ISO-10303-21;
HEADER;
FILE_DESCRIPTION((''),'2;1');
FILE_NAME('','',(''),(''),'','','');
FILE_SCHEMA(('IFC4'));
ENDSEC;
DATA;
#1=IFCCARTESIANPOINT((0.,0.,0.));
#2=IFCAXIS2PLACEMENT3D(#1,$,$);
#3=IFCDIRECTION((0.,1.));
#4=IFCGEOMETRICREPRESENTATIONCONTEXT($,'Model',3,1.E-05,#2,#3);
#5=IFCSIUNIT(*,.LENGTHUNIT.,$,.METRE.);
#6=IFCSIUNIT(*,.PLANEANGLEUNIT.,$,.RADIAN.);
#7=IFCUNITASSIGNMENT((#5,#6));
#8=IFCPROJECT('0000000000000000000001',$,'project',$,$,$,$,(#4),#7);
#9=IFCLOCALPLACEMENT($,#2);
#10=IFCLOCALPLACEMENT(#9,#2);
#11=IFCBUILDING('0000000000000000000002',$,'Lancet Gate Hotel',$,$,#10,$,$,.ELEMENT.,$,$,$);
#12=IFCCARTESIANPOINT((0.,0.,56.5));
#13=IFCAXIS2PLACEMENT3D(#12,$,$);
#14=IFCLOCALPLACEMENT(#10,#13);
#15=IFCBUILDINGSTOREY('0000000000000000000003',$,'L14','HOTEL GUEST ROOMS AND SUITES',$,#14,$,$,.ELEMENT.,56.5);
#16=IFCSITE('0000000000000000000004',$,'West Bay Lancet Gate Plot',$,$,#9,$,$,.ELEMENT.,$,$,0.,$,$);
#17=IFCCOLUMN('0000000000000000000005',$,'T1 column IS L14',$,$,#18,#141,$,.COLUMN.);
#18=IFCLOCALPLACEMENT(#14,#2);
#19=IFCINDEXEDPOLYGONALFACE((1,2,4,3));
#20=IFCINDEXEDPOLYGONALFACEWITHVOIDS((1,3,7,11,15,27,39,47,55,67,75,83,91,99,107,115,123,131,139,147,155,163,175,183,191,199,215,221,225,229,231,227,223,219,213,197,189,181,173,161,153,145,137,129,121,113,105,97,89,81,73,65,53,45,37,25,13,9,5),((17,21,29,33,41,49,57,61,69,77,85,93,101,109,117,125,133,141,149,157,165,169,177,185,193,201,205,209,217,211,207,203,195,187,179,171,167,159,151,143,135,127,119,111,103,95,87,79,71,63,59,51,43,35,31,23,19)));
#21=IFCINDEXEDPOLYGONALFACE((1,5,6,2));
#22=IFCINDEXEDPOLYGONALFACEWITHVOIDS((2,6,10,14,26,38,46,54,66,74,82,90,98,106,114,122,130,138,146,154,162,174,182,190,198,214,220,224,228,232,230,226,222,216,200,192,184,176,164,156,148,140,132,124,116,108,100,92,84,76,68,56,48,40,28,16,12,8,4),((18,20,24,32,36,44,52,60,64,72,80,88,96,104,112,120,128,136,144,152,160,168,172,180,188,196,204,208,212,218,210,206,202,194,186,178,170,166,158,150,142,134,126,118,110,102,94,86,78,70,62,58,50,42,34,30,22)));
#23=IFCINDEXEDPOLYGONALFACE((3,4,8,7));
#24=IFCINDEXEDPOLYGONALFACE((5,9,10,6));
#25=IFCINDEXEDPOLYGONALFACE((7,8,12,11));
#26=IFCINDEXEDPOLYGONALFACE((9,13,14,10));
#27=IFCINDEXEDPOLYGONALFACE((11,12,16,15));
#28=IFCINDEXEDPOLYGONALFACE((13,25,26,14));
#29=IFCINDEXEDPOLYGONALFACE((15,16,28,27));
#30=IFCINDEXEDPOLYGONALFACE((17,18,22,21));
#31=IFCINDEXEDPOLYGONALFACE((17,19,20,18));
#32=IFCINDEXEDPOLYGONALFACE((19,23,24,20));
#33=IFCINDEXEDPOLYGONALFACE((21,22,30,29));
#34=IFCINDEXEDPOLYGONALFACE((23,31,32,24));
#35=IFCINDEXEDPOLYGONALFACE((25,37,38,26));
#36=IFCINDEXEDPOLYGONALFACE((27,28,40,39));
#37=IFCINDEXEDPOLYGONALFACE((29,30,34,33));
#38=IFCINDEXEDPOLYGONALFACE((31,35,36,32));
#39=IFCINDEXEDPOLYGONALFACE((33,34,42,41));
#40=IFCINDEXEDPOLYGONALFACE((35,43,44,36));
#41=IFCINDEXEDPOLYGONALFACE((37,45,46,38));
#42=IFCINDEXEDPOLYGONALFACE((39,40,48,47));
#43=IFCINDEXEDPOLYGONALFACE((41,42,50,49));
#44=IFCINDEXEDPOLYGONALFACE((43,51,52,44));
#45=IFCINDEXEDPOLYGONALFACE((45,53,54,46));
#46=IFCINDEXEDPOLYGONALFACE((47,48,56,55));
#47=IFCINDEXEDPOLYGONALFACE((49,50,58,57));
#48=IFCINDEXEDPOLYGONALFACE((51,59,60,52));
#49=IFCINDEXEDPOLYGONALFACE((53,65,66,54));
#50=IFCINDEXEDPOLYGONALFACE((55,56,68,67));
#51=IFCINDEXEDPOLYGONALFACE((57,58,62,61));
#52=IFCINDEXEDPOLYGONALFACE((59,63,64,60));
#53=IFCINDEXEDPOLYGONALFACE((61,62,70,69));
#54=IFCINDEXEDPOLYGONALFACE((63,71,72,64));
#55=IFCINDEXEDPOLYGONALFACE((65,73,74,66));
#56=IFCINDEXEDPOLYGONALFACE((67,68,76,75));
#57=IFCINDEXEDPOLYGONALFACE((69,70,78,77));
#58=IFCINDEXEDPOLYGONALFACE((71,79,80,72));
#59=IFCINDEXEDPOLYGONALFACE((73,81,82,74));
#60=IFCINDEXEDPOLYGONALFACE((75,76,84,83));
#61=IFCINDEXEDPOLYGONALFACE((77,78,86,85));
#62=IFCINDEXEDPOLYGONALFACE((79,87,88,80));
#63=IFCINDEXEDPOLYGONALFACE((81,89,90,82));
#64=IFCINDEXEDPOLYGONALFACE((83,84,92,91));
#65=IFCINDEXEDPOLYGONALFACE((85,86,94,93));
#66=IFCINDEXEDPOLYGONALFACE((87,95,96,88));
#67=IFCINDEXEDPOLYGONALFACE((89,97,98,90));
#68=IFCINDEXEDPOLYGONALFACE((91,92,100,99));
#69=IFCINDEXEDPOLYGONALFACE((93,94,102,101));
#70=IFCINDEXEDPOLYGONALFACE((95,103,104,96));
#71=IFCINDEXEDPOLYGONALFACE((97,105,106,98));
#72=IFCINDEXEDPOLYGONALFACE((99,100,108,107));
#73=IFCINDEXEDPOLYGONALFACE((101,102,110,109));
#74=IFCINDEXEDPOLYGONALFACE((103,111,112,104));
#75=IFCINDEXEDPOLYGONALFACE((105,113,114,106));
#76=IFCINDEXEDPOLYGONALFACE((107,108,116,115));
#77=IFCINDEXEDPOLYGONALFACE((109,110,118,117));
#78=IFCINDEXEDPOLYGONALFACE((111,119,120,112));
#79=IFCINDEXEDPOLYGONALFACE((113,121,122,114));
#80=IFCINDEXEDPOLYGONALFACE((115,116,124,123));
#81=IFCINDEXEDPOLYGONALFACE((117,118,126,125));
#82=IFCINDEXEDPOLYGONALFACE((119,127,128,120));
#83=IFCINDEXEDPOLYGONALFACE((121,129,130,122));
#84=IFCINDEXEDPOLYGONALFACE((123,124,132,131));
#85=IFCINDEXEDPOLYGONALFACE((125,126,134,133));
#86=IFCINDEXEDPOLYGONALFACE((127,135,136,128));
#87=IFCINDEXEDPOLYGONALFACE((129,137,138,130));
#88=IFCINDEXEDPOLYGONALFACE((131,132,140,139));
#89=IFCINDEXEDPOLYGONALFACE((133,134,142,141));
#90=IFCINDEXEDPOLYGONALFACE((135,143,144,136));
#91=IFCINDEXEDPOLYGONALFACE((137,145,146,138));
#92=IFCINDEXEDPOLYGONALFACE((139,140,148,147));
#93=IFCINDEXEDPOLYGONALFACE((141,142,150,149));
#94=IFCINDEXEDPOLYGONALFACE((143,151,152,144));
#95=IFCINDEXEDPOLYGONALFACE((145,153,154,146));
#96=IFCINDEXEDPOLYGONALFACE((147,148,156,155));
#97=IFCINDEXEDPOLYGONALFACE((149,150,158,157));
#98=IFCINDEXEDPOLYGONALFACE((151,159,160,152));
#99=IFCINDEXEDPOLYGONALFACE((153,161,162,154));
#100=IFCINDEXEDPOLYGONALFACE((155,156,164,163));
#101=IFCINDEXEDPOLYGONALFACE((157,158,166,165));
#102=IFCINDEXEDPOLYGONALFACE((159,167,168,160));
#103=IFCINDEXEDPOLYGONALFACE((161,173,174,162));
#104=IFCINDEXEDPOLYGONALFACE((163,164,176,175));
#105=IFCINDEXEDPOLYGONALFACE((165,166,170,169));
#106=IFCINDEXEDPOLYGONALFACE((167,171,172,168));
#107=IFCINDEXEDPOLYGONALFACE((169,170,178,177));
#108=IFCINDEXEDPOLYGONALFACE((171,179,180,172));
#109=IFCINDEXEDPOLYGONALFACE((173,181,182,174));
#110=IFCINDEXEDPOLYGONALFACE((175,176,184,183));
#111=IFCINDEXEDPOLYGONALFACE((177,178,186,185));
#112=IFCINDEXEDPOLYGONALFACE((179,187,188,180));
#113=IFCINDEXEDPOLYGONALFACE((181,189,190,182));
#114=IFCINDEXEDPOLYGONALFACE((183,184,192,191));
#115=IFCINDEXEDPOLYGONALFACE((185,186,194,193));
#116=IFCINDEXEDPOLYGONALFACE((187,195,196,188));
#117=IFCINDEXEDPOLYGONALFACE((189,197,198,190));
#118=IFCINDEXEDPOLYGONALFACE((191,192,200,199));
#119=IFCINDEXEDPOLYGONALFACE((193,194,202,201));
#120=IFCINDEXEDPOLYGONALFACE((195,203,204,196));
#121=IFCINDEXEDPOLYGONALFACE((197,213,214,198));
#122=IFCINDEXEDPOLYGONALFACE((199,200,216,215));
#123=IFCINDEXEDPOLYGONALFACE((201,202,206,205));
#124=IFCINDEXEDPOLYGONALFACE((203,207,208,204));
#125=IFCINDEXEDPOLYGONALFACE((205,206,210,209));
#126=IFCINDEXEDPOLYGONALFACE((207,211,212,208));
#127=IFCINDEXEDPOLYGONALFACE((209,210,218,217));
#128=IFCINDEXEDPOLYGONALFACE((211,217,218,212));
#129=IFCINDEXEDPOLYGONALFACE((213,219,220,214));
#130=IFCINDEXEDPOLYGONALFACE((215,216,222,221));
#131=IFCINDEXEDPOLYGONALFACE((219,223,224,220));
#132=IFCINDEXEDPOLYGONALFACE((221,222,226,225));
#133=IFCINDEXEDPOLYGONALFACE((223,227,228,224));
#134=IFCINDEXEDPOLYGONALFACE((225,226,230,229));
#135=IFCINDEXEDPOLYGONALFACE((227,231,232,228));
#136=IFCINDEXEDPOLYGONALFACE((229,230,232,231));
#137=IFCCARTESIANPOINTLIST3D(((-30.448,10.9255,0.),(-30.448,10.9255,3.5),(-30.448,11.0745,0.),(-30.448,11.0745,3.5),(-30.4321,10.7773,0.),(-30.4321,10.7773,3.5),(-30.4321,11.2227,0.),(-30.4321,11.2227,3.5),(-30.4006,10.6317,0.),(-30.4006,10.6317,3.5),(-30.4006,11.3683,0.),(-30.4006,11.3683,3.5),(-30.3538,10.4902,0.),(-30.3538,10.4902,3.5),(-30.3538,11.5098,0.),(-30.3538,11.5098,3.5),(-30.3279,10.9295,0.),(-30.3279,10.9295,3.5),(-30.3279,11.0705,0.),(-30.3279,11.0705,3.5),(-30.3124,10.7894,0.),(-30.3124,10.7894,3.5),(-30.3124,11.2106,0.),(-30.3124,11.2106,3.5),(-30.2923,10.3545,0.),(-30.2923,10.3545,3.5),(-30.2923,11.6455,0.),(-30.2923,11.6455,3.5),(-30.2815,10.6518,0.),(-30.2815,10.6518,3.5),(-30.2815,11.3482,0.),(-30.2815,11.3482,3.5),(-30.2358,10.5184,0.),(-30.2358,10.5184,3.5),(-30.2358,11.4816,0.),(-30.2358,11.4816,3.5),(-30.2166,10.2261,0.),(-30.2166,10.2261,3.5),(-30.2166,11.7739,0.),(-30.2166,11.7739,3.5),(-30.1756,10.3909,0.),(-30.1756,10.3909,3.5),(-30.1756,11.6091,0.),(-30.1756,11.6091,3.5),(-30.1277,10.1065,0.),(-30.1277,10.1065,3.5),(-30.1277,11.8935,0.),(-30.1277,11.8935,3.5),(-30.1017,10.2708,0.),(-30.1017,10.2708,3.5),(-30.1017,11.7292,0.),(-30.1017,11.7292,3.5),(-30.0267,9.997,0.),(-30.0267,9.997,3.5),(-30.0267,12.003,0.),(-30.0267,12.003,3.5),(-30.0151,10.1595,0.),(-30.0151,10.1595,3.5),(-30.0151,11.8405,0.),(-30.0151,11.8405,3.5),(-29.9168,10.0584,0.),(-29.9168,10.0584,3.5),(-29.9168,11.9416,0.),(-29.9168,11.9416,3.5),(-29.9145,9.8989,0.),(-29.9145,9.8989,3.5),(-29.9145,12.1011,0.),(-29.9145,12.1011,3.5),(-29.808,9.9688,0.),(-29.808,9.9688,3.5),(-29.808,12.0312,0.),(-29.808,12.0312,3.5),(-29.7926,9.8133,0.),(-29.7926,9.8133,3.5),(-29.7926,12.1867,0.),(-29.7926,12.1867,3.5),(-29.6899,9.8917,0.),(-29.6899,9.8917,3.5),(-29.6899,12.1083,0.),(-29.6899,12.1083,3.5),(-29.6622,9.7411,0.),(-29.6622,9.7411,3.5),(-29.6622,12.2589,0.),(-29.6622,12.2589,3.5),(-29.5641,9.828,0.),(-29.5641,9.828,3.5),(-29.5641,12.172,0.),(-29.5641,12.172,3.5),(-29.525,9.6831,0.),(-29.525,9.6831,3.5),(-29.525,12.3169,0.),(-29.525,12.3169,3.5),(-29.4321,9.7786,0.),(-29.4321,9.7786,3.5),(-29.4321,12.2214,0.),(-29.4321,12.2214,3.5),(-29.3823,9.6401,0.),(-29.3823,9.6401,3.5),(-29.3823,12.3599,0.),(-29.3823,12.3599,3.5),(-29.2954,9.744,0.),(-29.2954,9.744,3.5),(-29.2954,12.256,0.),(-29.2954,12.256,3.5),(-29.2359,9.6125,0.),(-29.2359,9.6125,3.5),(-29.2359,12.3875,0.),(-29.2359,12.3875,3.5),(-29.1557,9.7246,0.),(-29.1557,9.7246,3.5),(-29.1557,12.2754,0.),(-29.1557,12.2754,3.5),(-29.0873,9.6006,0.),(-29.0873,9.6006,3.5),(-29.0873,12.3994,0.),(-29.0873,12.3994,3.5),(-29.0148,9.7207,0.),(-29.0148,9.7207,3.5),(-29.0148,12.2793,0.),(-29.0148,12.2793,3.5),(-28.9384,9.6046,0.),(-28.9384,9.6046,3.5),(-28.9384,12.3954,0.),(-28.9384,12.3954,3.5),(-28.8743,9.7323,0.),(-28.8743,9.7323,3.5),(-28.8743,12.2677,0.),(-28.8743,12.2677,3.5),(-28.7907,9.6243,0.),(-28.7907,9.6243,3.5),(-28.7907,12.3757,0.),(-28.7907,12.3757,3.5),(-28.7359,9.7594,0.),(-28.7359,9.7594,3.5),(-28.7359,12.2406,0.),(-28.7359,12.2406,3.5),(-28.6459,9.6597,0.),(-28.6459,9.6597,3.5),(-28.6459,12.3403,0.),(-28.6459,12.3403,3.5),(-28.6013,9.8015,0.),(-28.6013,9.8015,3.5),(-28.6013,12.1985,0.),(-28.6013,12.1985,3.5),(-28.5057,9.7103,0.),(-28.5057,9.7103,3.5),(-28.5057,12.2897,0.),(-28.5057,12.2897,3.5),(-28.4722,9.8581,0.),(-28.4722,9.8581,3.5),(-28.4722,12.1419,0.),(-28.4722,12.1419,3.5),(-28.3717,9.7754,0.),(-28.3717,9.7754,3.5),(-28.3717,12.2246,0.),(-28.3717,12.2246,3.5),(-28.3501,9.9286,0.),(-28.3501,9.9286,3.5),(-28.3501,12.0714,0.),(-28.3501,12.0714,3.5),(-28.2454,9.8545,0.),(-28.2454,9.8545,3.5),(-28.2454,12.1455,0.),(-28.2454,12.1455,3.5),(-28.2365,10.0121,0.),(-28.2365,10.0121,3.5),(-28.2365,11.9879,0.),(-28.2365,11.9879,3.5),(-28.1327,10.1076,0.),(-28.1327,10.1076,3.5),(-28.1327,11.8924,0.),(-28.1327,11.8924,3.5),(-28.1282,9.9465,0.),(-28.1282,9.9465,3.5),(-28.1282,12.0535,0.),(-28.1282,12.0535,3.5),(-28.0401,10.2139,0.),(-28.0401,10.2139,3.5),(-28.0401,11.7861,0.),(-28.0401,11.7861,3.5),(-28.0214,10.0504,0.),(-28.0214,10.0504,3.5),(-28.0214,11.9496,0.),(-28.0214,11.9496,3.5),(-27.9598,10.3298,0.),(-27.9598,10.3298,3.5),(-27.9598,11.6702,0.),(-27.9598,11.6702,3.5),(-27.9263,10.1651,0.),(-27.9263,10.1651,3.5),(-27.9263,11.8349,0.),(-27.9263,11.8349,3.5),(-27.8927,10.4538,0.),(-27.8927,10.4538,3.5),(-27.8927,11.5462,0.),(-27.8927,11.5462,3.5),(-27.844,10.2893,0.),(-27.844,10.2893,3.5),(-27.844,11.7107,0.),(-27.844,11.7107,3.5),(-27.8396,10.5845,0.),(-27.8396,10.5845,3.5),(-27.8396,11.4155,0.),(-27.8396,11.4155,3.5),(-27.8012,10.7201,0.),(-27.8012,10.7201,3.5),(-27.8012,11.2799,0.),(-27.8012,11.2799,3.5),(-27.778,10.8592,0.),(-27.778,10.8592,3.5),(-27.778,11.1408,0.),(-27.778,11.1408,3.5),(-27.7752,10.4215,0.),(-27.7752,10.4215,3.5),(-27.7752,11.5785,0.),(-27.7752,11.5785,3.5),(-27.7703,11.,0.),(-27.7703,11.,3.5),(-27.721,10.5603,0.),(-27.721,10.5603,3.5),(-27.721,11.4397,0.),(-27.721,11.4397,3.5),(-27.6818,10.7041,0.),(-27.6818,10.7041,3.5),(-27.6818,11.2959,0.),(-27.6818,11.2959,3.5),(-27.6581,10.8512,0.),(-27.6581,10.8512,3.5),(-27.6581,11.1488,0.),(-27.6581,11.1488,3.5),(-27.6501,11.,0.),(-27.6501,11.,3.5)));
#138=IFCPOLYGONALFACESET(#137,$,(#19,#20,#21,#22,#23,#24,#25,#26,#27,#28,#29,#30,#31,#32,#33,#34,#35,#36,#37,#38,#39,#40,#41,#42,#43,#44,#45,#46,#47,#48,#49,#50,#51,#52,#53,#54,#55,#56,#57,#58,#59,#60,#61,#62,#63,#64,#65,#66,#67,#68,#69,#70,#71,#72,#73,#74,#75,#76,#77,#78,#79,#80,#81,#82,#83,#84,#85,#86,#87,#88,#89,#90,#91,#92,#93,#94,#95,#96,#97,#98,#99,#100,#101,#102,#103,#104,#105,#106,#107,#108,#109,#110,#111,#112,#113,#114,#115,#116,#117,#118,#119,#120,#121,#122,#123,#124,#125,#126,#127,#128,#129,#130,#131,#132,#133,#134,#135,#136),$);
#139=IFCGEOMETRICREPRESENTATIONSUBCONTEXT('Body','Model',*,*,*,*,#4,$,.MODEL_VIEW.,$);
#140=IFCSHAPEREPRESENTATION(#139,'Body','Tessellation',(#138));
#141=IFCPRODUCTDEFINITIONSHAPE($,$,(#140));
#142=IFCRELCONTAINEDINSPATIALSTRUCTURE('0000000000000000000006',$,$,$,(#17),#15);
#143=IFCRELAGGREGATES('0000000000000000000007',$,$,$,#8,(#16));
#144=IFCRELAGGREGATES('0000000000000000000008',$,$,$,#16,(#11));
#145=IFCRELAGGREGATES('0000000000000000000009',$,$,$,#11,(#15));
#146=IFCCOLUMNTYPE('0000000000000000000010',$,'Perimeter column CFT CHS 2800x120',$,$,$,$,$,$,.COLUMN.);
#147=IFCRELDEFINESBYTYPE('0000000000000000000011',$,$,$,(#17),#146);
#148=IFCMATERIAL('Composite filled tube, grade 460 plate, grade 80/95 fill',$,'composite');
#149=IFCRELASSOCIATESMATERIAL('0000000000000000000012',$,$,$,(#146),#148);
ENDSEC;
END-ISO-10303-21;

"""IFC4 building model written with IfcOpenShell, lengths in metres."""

from ifc_helpers import new_model, si_unit, direction, frame, origin, origin_2d, place, context, subcontext, project, spatial, hollow_circle, extrude, material, material_profile, profile_set, type_object, element, save


model = new_model("IFC4")

# Units and contexts
model_context = context("Model", 3, precision=1e-05, world=origin(), true_north=direction((0.0, 1.0)))
body_context = subcontext(model_context, "Body", "Model", "MODEL_VIEW")
ifc_project = project(units=[si_unit("LENGTHUNIT", "METRE"), si_unit("PLANEANGLEUNIT", "RADIAN")], contexts=[model_context])

# Site, building, storey
site_placement = place(None, origin())
site = spatial("IfcSite", under=ifc_project, at=site_placement, Name="West Bay Lancet Gate Plot", CompositionType="ELEMENT", RefElevation=0.0)
building_placement = place(site_placement, origin())
building = spatial("IfcBuilding", under=site, at=building_placement, Name="Lancet Gate Hotel", CompositionType="ELEMENT")
storey_placement = place(building_placement, frame((0.0, 0.0, 56.5)))
storey = spatial("IfcBuildingStorey", under=building, at=storey_placement, Name="L14", Description="HOTEL GUEST ROOMS AND SUITES", CompositionType="ELEMENT", Elevation=56.5)

# Column
ifc_material_1 = material(Name="Composite filled tube, grade 460 plate, grade 80/95 fill", Category="composite")
ifc_material_profile_1 = material_profile(ifc_material_1, hollow_circle(Radius=1.3999, WallThickness=0.1201, at=origin_2d()), Name="CHS 2800x120")
ifc_profile_set_1 = profile_set([ifc_material_profile_1], Name="Composite filled tube, grade 460 plate, grade 80/95 fill")
column_type = type_object("IfcColumnType", Name="Perimeter column CFT CHS 2800x120", PredefinedType="COLUMN", material=ifc_profile_set_1)
for number, where, z_axis, x_axis, name in (
    (1, (-29.05, 11.0, 0.0), (0.0, 0.0, 1.0), (1.0, 0.0, 0.0), "T1 column IS L14"),
):
    element("IfcColumn", number, at=place(storey_placement, frame(where, z_axis=z_axis, x_axis=x_axis)), inside=storey, type_object=column_type, Name=name, PredefinedType="COLUMN", context=body_context, shape_type="SweptSolid", body=[
        extrude(hollow_circle(Radius=1.3999, WallThickness=0.1201, at=origin_2d()), origin(), (0.0, 0.0, 1.0), 3.5),
    ])

save(model, "model.ifc")
